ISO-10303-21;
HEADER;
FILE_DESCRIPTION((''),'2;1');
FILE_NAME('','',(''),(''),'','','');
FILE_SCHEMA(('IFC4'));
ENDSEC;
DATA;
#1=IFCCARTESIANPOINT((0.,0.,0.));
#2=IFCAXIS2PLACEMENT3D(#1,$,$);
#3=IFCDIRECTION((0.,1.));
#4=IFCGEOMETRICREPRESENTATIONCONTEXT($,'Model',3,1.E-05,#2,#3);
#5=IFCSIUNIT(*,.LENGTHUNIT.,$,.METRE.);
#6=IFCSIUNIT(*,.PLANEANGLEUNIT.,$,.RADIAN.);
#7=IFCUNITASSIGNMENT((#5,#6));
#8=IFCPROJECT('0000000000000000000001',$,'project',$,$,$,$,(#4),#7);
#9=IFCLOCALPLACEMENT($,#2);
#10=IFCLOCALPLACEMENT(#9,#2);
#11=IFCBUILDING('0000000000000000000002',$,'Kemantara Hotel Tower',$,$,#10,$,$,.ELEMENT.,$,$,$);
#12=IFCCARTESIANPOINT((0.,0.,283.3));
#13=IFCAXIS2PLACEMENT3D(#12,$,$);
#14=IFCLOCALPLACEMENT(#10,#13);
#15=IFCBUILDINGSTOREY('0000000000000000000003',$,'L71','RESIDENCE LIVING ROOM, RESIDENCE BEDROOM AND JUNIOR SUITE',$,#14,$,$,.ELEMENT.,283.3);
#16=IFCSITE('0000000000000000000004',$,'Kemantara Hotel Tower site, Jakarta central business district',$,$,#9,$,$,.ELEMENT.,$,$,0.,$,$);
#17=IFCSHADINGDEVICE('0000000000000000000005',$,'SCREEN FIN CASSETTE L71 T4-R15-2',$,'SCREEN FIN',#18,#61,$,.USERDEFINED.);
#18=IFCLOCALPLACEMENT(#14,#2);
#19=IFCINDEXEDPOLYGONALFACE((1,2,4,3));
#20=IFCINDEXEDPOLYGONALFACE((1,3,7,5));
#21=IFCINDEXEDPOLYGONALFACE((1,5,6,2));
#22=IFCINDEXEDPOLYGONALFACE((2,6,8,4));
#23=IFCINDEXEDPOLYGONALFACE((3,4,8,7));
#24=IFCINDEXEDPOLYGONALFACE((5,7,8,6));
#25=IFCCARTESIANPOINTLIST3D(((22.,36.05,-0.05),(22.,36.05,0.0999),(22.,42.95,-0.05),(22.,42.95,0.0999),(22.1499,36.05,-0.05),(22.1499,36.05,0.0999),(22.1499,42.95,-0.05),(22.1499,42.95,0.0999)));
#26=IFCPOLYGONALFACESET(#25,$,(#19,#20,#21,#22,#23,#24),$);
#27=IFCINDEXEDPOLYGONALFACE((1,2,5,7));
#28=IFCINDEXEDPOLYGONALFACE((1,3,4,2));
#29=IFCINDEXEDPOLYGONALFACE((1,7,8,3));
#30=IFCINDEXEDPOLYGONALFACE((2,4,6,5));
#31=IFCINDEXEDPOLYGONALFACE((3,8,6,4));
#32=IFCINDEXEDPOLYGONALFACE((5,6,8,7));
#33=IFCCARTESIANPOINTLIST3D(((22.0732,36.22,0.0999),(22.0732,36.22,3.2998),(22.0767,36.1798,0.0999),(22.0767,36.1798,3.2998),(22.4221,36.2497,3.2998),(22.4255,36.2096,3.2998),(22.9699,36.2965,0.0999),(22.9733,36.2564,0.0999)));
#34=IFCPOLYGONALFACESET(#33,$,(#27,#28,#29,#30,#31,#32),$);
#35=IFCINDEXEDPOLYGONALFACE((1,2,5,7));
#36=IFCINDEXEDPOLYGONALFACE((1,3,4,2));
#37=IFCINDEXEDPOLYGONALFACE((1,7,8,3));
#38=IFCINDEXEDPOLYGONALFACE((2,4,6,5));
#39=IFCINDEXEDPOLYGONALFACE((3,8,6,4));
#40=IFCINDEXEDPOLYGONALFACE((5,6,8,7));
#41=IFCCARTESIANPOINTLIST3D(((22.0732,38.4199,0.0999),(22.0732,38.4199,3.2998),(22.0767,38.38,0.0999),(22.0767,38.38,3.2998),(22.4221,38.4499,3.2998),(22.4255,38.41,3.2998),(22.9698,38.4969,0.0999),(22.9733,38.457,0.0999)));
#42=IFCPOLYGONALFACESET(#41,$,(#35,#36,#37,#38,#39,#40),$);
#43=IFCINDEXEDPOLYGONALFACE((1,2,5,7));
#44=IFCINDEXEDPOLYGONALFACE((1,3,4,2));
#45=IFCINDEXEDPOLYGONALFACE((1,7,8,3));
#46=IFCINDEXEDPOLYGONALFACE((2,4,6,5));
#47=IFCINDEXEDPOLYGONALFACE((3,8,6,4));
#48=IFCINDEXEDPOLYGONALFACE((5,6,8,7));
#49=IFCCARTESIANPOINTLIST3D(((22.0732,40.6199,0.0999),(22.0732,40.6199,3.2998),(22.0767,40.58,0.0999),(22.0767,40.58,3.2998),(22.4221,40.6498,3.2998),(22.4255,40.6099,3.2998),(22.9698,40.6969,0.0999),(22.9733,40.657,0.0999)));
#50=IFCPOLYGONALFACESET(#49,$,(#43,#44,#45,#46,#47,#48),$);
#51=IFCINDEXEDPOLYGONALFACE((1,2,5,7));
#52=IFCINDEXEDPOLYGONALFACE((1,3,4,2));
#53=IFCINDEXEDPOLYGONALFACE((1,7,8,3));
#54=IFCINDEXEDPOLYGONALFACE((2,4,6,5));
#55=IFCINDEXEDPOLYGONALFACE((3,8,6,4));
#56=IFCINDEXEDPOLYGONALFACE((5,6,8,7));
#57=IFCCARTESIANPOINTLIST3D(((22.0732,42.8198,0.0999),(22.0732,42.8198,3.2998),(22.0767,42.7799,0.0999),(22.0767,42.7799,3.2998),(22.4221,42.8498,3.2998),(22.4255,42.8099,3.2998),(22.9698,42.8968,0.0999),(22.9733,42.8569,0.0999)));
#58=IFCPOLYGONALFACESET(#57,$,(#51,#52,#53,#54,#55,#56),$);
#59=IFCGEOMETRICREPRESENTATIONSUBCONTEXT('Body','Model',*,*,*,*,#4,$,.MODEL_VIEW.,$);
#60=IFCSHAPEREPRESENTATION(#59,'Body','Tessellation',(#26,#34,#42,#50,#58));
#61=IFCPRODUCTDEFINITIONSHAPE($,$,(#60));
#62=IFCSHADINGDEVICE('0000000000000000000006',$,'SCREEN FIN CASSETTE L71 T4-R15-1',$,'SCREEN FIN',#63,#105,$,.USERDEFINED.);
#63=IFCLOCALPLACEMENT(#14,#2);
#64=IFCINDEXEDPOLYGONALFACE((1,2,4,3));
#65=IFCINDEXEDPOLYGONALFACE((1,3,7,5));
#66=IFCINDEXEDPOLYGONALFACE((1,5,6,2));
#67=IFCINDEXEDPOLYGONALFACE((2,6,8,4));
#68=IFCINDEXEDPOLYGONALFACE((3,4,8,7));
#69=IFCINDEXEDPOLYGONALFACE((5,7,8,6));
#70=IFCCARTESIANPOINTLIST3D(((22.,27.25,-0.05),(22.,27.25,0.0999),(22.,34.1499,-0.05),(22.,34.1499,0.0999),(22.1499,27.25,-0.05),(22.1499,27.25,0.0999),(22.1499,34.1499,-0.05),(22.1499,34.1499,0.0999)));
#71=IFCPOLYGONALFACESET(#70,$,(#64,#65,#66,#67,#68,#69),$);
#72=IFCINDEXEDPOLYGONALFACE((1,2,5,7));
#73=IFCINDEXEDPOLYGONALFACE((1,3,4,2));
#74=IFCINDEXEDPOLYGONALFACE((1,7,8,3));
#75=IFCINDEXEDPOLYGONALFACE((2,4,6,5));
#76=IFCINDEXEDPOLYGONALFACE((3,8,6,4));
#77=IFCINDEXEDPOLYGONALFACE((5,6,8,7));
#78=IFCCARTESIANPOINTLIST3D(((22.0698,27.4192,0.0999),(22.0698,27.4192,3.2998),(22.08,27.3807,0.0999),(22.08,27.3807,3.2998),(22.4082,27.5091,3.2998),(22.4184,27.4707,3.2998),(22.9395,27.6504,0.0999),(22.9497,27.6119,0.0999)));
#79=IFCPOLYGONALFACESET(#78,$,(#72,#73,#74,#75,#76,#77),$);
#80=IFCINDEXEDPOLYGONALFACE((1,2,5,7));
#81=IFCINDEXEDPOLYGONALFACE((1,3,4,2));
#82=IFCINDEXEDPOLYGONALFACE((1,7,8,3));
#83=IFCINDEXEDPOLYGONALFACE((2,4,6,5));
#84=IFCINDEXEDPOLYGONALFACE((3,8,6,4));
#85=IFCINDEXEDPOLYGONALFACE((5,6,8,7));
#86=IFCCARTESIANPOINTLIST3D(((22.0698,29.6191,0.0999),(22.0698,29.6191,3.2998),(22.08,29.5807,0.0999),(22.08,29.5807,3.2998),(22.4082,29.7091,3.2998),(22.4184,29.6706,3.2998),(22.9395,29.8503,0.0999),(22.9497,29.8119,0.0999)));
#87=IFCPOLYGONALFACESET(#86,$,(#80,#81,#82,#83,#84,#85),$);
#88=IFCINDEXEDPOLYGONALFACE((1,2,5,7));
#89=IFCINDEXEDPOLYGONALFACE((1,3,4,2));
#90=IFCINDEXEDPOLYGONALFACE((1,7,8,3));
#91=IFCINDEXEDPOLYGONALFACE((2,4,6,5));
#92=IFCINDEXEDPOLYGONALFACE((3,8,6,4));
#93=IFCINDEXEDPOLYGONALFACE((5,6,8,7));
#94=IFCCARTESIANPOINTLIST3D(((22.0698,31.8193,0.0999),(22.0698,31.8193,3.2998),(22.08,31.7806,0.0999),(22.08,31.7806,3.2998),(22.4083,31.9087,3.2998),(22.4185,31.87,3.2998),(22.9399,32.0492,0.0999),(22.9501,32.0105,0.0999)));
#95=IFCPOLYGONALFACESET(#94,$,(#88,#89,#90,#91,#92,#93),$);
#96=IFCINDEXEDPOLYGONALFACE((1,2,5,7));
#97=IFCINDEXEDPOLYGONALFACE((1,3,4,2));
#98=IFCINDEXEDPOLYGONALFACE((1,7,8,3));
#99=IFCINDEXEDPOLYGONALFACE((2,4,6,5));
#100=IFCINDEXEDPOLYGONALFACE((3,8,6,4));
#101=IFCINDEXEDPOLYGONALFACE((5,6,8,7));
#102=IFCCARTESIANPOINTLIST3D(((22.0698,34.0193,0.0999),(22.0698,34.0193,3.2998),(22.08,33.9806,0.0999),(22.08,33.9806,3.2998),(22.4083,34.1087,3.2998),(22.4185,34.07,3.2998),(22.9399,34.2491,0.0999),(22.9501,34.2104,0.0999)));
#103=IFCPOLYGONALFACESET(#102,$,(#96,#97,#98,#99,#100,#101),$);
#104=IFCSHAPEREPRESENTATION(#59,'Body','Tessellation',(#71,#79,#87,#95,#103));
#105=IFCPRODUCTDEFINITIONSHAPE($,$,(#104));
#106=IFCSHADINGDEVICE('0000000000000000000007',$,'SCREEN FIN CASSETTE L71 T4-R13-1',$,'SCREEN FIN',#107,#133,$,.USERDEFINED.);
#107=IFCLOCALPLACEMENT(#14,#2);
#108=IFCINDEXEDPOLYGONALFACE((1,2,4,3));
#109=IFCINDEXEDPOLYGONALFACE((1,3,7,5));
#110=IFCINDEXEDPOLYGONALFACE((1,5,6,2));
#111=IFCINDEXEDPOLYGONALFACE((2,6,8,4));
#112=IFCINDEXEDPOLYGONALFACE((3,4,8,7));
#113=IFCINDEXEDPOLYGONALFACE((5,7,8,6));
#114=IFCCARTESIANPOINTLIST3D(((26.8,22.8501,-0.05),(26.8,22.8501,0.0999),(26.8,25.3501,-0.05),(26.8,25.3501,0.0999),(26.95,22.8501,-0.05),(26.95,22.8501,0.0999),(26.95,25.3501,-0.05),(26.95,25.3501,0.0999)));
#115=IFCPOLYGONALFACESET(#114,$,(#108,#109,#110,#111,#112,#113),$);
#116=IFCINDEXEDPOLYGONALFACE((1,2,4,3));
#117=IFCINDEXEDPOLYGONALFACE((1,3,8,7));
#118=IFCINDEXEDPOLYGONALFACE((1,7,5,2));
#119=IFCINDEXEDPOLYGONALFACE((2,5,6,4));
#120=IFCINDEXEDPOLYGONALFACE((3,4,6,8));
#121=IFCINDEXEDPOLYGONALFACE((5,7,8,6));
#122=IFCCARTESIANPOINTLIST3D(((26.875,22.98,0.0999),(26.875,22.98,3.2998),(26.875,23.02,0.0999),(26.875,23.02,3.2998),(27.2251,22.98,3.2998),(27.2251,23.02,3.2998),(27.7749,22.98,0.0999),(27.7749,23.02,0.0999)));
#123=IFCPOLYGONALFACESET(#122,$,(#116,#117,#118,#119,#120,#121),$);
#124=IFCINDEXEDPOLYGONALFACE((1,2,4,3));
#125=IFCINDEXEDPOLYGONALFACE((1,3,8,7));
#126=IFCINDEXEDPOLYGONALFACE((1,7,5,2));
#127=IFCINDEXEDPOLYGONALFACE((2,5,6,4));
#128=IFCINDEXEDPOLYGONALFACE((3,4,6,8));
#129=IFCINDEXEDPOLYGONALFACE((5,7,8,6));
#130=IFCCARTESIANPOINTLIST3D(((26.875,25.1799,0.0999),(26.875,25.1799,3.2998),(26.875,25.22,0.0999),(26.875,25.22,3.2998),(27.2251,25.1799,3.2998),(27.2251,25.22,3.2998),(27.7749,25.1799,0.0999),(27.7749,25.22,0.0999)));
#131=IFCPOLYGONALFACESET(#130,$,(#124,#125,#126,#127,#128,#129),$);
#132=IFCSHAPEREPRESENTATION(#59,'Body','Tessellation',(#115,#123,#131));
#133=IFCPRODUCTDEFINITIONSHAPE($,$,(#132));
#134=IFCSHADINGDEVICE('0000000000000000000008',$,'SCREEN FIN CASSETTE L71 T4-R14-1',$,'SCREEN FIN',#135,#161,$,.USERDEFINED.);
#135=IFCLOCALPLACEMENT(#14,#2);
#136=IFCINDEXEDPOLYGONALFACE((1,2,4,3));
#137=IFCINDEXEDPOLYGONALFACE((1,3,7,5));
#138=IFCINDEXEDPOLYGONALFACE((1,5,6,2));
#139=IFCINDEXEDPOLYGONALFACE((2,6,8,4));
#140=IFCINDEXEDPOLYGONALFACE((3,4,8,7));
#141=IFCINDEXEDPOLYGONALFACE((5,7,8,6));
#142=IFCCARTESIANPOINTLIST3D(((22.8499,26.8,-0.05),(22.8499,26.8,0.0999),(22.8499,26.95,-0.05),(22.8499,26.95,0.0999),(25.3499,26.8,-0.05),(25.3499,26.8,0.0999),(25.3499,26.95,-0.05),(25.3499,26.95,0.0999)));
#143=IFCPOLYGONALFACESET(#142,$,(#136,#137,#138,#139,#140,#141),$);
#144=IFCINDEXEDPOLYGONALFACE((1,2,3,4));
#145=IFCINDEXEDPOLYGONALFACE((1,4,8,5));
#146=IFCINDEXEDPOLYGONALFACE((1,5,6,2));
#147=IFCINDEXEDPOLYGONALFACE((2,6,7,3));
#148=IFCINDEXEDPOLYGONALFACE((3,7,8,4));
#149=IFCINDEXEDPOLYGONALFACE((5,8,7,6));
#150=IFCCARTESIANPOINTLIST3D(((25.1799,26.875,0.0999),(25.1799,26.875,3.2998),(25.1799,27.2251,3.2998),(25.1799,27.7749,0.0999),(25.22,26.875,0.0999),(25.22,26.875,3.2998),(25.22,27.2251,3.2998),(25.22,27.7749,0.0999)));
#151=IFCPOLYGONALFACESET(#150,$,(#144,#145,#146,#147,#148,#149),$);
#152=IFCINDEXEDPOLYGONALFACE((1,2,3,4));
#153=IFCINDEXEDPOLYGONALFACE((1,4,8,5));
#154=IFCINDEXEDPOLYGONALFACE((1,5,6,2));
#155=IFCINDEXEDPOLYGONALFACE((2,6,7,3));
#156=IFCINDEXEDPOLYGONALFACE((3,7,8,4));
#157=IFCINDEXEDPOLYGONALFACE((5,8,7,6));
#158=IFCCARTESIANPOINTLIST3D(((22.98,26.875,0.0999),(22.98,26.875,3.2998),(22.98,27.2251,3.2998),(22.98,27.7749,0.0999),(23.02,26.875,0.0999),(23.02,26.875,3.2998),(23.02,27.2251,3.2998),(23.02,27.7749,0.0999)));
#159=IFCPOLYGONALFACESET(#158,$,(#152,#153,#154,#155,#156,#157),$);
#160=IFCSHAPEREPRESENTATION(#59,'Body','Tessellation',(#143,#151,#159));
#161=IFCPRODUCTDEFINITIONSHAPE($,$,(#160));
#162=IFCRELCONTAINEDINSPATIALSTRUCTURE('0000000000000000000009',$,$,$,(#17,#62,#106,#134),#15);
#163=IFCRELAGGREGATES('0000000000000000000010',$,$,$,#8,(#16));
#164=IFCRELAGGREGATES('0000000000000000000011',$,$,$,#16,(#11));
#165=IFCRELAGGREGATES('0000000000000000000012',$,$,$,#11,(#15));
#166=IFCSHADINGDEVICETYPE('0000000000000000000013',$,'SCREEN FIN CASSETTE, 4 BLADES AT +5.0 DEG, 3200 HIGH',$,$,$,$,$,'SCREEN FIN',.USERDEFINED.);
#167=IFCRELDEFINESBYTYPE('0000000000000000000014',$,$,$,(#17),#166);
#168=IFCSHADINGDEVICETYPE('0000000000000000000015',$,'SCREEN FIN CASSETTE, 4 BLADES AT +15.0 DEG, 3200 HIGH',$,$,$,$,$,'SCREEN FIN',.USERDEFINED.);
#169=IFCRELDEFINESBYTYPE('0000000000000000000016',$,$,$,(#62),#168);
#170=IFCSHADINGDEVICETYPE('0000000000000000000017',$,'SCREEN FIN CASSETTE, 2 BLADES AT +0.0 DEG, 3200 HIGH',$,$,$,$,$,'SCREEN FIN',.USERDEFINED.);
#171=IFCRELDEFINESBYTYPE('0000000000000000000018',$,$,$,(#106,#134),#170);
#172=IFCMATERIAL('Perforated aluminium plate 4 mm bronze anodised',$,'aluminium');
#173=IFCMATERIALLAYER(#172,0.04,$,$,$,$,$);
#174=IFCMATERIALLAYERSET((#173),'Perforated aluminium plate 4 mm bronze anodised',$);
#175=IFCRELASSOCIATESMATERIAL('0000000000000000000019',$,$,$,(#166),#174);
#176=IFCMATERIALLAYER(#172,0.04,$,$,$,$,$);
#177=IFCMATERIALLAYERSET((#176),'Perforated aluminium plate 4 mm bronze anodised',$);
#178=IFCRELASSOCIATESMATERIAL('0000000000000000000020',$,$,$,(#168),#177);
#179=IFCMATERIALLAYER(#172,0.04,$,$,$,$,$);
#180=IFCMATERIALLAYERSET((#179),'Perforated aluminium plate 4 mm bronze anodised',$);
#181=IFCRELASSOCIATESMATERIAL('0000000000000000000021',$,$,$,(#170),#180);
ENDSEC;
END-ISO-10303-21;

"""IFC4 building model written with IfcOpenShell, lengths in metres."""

from ifc_helpers import new_model, si_unit, direction, frame, origin, origin_2d, place, context, subcontext, project, spatial, polyline, rectangle, outline, extrude, source, transform, mapped, material, layer, layer_set, type_object, element, save


model = new_model("IFC4")

# Units and contexts
model_context = context("Model", 3, precision=1e-05, world=origin(), true_north=direction((0.0, 1.0)))
body_context = subcontext(model_context, "Body", "Model", "MODEL_VIEW")
ifc_project = project(units=[si_unit("LENGTHUNIT", "METRE"), si_unit("PLANEANGLEUNIT", "RADIAN")], contexts=[model_context])

# Site, building, storey
site_placement = place(None, origin())
site = spatial("IfcSite", under=ifc_project, at=site_placement, Name="Kemantara Hotel Tower site, Jakarta central business district", CompositionType="ELEMENT", RefElevation=0.0)
building_placement = place(site_placement, origin())
building = spatial("IfcBuilding", under=site, at=building_placement, Name="Kemantara Hotel Tower", CompositionType="ELEMENT")
storey_placement = place(building_placement, frame((0.0, 0.0, 283.3)))
storey = spatial("IfcBuildingStorey", under=building, at=storey_placement, Name="L71", Description="RESIDENCE LIVING ROOM, RESIDENCE BEDROOM AND JUNIOR SUITE", CompositionType="ELEMENT", Elevation=283.3)

# Shading devices
ifc_material_1 = material(Name="Perforated aluminium plate 4 mm bronze anodised", Category="aluminium")
ifc_layer_1 = layer(ifc_material_1, 0.04)
ifc_layer_set_1 = layer_set([ifc_layer_1], Name="Perforated aluminium plate 4 mm bronze anodised")
shading_device_type_1 = type_object("IfcShadingDeviceType", Name="SCREEN FIN CASSETTE, 4 BLADES AT +5.0 DEG, 3200 HIGH", ElementType="SCREEN FIN", PredefinedType="USERDEFINED", material=ifc_layer_set_1)
shared_shape_1 = source(origin(), body_context, "Body", "SweptSolid", [
    extrude(rectangle(XDim=6.8999, YDim=0.1499, at=origin_2d()), frame((3.3, -0.075, -0.1499), z_axis=(0.0, 0.0, 1.0), x_axis=(1.0, 0.0, 0.0)), (0.0, 0.0, 1.0), 0.1499),
    extrude(outline(polyline([(0.0, 0.0), (0.8999, 0.0), (0.3501, 3.2), (0.0, 3.2), (0.0, 0.0)])), frame((0.02, -0.0732, 0.0), z_axis=(-0.996376, -0.085056, 0.0), x_axis=(0.085056, -0.996376, 0.0)), (0.0, 0.0, 1.0), 0.0403),
    extrude(outline(polyline([(0.0, 0.0), (0.8999, 0.0), (0.3501, 3.2), (0.0, 3.2), (0.0, 0.0)])), frame((2.22, -0.0732, 0.0), z_axis=(-0.996332, -0.085575, 0.0), x_axis=(0.085575, -0.996332, 0.0)), (0.0, 0.0, 1.0), 0.04),
    extrude(outline(polyline([(0.0, 0.0), (0.8999, 0.0), (0.3501, 3.2), (0.0, 3.2), (0.0, 0.0)])), frame((4.4199, -0.0732, 0.0), z_axis=(-0.996332, -0.085575, 0.0), x_axis=(0.085575, -0.996332, 0.0)), (0.0, 0.0, 1.0), 0.04),
    extrude(outline(polyline([(0.0, 0.0), (0.8999, 0.0), (0.3501, 3.2), (0.0, 3.2), (0.0, 0.0)])), frame((6.6199, -0.0732, 0.0), z_axis=(-0.996332, -0.085575, 0.0), x_axis=(0.085575, -0.996332, 0.0)), (0.0, 0.0, 1.0), 0.04),
])
shading_device_1_placement = place(storey_placement, frame((22.0, 36.2, 0.0999), z_axis=(0.0, 0.0, 1.0), x_axis=(0.0, 1.0, 0.0)))
element("IfcShadingDevice", 1, at=shading_device_1_placement, inside=storey, type_object=shading_device_type_1, Name="SCREEN FIN CASSETTE L71 T4-R15-2", ObjectType="SCREEN FIN", PredefinedType="USERDEFINED", context=body_context, shape_type="MappedRepresentation", body=[
    mapped(shared_shape_1, transform((0.0, 0.0, 0.0))),
])
ifc_layer_2 = layer(ifc_material_1, 0.04)
ifc_layer_set_2 = layer_set([ifc_layer_2], Name="Perforated aluminium plate 4 mm bronze anodised")
shading_device_type_2 = type_object("IfcShadingDeviceType", Name="SCREEN FIN CASSETTE, 4 BLADES AT +15.0 DEG, 3200 HIGH", ElementType="SCREEN FIN", PredefinedType="USERDEFINED", material=ifc_layer_set_2)
shared_shape_2 = source(origin(), body_context, "Body", "SweptSolid", [
    extrude(rectangle(XDim=6.8999, YDim=0.1499, at=origin_2d()), frame((3.3, -0.075, -0.1499), z_axis=(0.0, 0.0, 1.0), x_axis=(1.0, 0.0, 0.0)), (0.0, 0.0, 1.0), 0.1499),
    extrude(outline(polyline([(0.0, 0.0), (0.8999, 0.0), (0.3501, 3.2), (0.0, 3.2), (0.0, 0.0)])), frame((0.0193, -0.0698, 0.0), z_axis=(-0.966438, -0.256901, 0.0), x_axis=(0.256901, -0.966438, 0.0)), (0.0, 0.0, 1.0), 0.0398),
    extrude(outline(polyline([(0.0, 0.0), (0.8999, 0.0), (0.3501, 3.2), (0.0, 3.2), (0.0, 0.0)])), frame((2.2192, -0.0698, 0.0), z_axis=(-0.966438, -0.256901, 0.0), x_axis=(0.256901, -0.966438, 0.0)), (0.0, 0.0, 1.0), 0.0398),
    extrude(outline(polyline([(0.0, 0.0), (0.8999, 0.0), (0.3501, 3.2), (0.0, 3.2), (0.0, 0.0)])), frame((4.4194, -0.0698, 0.0), z_axis=(-0.966838, -0.255391, 0.0), x_axis=(0.255391, -0.966838, 0.0)), (0.0, 0.0, 1.0), 0.04),
    extrude(outline(polyline([(0.0, 0.0), (0.8999, 0.0), (0.3501, 3.2), (0.0, 3.2), (0.0, 0.0)])), frame((6.6194, -0.0698, 0.0), z_axis=(-0.966838, -0.255391, 0.0), x_axis=(0.255391, -0.966838, 0.0)), (0.0, 0.0, 1.0), 0.04),
])
shading_device_2_placement = place(storey_placement, frame((22.0, 27.3999, 0.0999), z_axis=(0.0, 0.0, 1.0), x_axis=(0.0, 1.0, 0.0)))
element("IfcShadingDevice", 2, at=shading_device_2_placement, inside=storey, type_object=shading_device_type_2, Name="SCREEN FIN CASSETTE L71 T4-R15-1", ObjectType="SCREEN FIN", PredefinedType="USERDEFINED", context=body_context, shape_type="MappedRepresentation", body=[
    mapped(shared_shape_2, transform((0.0, 0.0, 0.0))),
])
ifc_layer_3 = layer(ifc_material_1, 0.04)
ifc_layer_set_3 = layer_set([ifc_layer_3], Name="Perforated aluminium plate 4 mm bronze anodised")
shading_device_type_3 = type_object("IfcShadingDeviceType", Name="SCREEN FIN CASSETTE, 2 BLADES AT +0.0 DEG, 3200 HIGH", ElementType="SCREEN FIN", PredefinedType="USERDEFINED", material=ifc_layer_set_3)
shared_shape_3 = source(origin(), body_context, "Body", "SweptSolid", [
    extrude(rectangle(XDim=2.5, YDim=0.1499, at=origin_2d()), frame((1.1001, -0.075, -0.1499), z_axis=(0.0, 0.0, 1.0), x_axis=(1.0, 0.0, 0.0)), (0.0, 0.0, 1.0), 0.1499),
    extrude(outline(polyline([(0.0, 0.0), (0.8999, 0.0), (0.3501, 3.2), (0.0, 3.2), (0.0, 0.0)])), frame((0.02, -0.075, 0.0), z_axis=(-1.0, 0.0, 0.0), x_axis=(0.0, -1.0, 0.0)), (0.0, 0.0, 1.0), 0.04),
    extrude(outline(polyline([(0.0, 0.0), (0.8999, 0.0), (0.3501, 3.2), (0.0, 3.2), (0.0, 0.0)])), frame((2.22, -0.075, 0.0), z_axis=(-1.0, 0.0, 0.0), x_axis=(0.0, -1.0, 0.0)), (0.0, 0.0, 1.0), 0.04),
])
for number, where, z_axis, x_axis, name in (
    (3, (26.8, 23.0, 0.0999), (0.0, 0.0, 1.0), (0.0, 1.0, 0.0), "SCREEN FIN CASSETTE L71 T4-R13-1"),
    (4, (25.2, 26.8, 0.0999), (0.0, 0.0, 1.0), (-1.0, 0.0, 0.0), "SCREEN FIN CASSETTE L71 T4-R14-1"),
):
    element("IfcShadingDevice", number, at=place(storey_placement, frame(where, z_axis=z_axis, x_axis=x_axis)), inside=storey, type_object=shading_device_type_3, Name=name, ObjectType="SCREEN FIN", PredefinedType="USERDEFINED", context=body_context, shape_type="MappedRepresentation", body=[
        mapped(shared_shape_3, transform((0.0, 0.0, 0.0))),
    ])

save(model, "model.ifc")
